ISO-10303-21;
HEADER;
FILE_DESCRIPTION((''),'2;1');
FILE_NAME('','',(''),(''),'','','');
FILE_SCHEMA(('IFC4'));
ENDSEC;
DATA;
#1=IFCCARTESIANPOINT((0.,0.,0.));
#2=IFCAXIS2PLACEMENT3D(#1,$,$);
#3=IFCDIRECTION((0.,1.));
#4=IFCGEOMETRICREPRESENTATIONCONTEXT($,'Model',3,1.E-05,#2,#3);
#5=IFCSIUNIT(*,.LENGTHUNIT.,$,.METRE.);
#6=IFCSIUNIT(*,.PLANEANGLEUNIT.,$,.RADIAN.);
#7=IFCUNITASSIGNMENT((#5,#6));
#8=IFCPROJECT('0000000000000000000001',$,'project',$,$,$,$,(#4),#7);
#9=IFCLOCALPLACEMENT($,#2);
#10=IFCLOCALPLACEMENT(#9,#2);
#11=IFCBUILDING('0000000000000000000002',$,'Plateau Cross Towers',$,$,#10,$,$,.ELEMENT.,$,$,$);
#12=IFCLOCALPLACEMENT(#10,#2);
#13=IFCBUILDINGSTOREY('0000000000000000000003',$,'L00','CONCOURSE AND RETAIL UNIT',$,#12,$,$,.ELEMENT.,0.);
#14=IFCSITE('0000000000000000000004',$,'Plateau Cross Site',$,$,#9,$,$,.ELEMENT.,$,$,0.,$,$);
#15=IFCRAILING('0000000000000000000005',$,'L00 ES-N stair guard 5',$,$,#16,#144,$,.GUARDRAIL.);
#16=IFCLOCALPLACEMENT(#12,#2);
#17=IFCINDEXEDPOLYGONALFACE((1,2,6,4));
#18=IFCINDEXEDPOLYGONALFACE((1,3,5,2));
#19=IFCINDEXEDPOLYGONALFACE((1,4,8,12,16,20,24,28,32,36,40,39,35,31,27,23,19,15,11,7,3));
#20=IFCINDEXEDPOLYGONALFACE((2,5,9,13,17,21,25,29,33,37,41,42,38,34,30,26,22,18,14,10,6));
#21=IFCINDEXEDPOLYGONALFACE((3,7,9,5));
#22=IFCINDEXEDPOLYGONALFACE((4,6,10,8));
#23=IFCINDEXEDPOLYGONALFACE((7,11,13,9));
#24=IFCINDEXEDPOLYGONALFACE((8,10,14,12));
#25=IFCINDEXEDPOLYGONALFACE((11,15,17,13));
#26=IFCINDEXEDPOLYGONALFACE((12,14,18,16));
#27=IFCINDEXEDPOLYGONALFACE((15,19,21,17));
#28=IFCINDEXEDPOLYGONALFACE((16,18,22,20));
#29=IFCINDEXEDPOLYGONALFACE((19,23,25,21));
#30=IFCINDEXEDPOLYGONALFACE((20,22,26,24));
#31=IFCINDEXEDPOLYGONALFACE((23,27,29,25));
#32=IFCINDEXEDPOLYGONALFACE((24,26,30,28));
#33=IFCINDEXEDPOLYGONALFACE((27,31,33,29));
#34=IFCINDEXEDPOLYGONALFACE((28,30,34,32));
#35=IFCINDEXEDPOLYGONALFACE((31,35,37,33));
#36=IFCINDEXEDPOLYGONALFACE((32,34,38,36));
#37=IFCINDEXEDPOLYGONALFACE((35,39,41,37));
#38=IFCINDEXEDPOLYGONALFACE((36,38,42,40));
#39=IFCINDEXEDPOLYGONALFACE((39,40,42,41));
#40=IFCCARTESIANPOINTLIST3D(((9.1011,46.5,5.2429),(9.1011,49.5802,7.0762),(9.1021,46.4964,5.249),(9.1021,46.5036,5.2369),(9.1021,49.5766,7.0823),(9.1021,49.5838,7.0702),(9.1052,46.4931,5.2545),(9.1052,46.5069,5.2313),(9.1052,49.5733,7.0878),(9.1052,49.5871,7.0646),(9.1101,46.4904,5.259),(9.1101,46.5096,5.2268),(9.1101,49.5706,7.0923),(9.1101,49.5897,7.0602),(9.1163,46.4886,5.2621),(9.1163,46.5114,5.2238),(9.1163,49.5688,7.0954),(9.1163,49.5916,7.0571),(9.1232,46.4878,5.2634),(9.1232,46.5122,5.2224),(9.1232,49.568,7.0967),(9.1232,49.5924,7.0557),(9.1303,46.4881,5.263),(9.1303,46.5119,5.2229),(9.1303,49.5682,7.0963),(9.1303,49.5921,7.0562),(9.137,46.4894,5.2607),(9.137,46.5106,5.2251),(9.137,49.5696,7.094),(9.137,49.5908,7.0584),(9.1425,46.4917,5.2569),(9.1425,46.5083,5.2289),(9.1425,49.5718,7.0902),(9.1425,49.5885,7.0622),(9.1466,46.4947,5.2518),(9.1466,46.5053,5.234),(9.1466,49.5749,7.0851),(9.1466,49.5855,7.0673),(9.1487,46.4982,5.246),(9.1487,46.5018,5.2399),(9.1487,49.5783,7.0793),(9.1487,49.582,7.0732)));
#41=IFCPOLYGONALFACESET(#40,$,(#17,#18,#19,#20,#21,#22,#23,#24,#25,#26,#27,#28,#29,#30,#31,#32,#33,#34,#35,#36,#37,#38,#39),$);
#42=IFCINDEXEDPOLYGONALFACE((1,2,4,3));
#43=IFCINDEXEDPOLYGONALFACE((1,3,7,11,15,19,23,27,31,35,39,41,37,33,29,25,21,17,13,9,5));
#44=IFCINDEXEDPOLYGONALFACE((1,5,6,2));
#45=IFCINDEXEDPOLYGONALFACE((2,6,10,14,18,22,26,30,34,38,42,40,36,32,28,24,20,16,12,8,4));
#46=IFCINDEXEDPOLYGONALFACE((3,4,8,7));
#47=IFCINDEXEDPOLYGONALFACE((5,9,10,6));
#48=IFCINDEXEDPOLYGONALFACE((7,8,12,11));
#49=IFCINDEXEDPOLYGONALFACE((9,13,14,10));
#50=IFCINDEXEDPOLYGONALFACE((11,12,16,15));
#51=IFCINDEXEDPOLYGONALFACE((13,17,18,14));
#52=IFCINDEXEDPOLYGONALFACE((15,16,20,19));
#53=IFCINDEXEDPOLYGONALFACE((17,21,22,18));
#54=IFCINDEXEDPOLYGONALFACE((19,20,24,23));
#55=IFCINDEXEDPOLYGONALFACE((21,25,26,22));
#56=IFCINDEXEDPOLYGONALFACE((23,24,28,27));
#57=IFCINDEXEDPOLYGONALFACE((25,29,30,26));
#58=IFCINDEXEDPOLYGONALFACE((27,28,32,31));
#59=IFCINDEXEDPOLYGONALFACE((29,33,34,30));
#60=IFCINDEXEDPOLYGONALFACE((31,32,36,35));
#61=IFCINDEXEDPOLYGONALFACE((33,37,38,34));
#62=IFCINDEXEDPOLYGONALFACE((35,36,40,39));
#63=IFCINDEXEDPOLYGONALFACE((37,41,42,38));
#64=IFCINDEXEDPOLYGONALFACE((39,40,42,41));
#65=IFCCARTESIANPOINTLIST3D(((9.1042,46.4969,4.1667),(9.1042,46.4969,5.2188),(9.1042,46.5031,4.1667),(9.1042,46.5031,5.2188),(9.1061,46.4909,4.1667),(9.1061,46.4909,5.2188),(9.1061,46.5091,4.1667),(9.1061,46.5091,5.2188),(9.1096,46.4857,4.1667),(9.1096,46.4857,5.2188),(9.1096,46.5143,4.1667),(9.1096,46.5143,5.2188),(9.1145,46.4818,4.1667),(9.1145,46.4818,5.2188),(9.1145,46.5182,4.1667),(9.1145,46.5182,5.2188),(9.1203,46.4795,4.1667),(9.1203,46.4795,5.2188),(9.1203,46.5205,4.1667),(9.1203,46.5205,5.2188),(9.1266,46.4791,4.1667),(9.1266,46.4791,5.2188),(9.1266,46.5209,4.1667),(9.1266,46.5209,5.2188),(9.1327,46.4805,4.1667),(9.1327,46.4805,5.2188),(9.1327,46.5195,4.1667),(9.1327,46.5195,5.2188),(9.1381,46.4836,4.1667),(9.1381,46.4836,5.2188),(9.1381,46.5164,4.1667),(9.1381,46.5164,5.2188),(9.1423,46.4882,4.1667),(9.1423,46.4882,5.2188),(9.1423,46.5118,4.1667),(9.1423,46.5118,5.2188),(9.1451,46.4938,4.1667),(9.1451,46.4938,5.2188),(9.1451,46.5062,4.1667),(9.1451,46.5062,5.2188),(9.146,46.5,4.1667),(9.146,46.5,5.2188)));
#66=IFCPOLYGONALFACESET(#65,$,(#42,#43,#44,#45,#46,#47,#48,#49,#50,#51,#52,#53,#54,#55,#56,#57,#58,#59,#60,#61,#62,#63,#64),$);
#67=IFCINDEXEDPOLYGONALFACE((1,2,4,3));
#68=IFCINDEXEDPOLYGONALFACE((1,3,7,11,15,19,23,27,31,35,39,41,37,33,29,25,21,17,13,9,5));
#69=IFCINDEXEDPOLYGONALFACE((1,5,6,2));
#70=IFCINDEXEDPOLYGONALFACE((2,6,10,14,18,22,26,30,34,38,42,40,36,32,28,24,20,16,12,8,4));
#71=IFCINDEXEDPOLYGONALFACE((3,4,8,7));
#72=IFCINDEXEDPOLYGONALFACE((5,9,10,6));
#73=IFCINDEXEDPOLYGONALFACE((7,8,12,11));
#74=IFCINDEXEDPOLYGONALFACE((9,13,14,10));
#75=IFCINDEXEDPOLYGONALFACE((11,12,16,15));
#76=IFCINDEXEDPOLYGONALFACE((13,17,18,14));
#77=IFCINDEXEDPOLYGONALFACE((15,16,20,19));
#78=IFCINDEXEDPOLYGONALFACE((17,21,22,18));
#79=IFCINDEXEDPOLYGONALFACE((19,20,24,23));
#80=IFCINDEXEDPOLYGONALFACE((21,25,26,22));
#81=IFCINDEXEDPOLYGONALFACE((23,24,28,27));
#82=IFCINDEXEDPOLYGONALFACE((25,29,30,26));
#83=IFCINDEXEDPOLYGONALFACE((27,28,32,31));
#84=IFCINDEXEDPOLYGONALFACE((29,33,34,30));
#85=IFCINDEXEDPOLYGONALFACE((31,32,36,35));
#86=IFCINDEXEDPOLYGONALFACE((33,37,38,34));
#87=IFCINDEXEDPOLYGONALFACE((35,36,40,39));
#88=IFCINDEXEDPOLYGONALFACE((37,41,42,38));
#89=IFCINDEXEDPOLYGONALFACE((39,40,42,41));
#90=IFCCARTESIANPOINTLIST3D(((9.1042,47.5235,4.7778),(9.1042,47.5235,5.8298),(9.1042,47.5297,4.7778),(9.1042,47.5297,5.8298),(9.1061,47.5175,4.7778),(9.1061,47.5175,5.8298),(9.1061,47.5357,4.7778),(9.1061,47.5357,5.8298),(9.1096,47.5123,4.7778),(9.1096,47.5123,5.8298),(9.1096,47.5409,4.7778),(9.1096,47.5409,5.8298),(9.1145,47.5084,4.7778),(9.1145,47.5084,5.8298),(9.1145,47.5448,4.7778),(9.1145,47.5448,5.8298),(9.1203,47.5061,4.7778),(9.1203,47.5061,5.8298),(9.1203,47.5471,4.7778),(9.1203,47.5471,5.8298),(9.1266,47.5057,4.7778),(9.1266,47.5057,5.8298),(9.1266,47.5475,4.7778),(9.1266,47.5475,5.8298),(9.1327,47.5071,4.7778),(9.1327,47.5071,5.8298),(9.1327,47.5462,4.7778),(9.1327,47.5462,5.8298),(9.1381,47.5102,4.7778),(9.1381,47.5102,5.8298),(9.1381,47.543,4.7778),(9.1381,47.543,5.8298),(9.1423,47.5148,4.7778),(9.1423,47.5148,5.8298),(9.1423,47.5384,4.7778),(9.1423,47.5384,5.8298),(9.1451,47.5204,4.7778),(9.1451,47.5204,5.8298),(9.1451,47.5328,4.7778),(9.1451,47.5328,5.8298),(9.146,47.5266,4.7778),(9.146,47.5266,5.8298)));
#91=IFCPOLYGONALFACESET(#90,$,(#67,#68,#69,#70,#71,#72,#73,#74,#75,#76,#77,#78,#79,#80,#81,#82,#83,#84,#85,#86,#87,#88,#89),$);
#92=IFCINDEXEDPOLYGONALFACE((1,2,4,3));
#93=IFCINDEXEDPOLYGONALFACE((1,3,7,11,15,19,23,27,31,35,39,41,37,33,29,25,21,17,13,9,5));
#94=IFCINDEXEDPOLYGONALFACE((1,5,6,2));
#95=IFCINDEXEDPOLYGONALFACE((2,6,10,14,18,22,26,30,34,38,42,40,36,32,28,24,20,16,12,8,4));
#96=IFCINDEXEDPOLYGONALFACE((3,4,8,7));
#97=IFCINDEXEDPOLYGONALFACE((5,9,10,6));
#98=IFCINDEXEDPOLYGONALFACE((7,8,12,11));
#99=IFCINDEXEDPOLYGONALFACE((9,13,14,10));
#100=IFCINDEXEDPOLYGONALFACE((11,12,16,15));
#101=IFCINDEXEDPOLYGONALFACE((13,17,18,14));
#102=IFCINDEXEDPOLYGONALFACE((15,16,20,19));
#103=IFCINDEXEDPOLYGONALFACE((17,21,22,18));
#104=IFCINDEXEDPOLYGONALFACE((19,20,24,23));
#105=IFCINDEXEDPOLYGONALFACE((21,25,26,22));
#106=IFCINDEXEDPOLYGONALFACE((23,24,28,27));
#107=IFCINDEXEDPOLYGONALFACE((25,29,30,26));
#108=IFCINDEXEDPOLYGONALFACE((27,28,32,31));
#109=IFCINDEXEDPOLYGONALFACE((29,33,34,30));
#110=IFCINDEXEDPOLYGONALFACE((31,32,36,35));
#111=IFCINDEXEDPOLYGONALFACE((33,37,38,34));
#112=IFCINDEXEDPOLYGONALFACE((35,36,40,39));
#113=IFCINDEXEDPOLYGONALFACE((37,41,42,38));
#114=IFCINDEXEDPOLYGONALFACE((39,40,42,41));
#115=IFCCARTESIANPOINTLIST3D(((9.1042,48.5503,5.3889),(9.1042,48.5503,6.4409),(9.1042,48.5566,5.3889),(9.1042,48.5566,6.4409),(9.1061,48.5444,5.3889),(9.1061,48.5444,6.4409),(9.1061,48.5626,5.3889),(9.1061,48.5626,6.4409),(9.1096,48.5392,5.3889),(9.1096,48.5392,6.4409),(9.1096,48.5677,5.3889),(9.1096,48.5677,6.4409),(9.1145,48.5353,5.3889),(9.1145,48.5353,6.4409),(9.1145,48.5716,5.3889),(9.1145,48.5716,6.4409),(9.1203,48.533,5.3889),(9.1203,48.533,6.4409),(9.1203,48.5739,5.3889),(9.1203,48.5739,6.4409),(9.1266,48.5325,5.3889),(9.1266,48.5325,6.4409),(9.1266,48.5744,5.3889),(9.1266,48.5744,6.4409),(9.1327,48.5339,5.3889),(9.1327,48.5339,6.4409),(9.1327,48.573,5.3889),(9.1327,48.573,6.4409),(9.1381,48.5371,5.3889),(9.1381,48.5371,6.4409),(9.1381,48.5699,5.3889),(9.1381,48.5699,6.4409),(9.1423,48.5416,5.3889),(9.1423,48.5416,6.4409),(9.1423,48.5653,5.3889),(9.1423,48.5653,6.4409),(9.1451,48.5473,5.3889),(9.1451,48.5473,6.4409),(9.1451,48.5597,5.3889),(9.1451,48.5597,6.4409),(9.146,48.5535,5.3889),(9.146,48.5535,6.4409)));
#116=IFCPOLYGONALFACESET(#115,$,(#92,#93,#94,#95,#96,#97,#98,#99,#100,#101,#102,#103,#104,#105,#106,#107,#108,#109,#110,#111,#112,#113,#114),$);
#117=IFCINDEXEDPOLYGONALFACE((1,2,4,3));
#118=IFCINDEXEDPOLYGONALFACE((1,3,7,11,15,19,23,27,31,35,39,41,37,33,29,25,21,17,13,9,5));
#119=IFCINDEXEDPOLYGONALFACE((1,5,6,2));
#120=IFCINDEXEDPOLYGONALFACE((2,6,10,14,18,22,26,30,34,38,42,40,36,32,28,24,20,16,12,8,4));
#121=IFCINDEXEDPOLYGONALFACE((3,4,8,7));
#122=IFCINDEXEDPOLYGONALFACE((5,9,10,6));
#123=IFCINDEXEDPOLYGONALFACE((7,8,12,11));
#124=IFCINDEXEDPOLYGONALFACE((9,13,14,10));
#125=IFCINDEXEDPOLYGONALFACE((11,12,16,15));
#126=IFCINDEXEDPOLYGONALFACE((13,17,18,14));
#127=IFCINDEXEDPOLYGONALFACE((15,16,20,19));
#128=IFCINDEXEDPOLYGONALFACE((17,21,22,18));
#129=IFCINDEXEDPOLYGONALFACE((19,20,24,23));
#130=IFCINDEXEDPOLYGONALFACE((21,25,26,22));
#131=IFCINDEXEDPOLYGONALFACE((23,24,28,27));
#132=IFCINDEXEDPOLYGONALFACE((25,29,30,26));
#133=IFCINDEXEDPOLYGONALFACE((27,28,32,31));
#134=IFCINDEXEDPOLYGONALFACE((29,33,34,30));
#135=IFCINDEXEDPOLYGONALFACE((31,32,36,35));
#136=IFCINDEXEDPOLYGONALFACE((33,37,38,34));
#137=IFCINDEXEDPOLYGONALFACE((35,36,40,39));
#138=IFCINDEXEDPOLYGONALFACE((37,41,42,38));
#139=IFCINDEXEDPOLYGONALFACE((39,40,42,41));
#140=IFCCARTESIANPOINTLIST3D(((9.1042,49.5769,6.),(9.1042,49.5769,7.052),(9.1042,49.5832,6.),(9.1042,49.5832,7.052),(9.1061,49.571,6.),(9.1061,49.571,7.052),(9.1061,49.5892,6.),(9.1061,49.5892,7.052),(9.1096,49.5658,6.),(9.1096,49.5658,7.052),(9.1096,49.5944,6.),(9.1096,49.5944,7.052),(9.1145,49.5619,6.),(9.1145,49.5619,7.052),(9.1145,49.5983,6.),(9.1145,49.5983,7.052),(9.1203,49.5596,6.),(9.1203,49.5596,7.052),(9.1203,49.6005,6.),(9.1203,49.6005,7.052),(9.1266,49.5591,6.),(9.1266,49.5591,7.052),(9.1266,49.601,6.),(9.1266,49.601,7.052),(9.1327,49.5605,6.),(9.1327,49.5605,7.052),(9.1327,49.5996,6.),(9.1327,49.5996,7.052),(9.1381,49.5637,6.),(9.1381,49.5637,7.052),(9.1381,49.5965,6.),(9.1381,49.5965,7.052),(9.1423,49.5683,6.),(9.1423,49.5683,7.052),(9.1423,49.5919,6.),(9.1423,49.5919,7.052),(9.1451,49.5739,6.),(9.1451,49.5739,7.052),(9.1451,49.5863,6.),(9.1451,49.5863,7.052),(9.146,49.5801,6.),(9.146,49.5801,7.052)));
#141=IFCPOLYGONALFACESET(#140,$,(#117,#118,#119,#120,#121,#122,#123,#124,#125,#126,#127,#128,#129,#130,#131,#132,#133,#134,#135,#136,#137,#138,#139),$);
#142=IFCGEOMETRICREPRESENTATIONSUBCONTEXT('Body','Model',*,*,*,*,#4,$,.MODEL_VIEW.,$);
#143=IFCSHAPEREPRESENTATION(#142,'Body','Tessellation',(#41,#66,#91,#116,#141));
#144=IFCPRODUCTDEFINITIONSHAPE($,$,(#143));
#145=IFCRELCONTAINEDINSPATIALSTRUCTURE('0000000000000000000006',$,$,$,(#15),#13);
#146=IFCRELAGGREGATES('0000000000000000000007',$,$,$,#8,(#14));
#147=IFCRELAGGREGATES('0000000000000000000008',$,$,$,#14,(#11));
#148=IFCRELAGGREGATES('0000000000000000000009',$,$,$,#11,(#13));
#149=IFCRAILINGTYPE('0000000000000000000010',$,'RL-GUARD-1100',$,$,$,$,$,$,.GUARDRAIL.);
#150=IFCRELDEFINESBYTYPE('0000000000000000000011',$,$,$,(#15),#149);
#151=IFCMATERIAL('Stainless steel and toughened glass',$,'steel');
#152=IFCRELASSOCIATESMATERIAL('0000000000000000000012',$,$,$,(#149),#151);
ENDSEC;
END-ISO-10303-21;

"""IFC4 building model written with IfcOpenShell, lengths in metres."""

from ifc_helpers import new_model, si_unit, direction, frame, origin, origin_2d, place, context, subcontext, project, spatial, circle, extrude, material, type_object, element, save


model = new_model("IFC4")

# Units and contexts
model_context = context("Model", 3, precision=1e-05, world=origin(), true_north=direction((0.0, 1.0)))
body_context = subcontext(model_context, "Body", "Model", "MODEL_VIEW")
ifc_project = project(units=[si_unit("LENGTHUNIT", "METRE"), si_unit("PLANEANGLEUNIT", "RADIAN")], contexts=[model_context])

# Site, building, storey
site_placement = place(None, origin())
site = spatial("IfcSite", under=ifc_project, at=site_placement, Name="Plateau Cross Site", CompositionType="ELEMENT", RefElevation=0.0)
building_placement = place(site_placement, origin())
building = spatial("IfcBuilding", under=site, at=building_placement, Name="Plateau Cross Towers", CompositionType="ELEMENT")
storey_placement = place(building_placement, origin())
storey = spatial("IfcBuildingStorey", under=building, at=storey_placement, Name="L00", Description="CONCOURSE AND RETAIL UNIT", CompositionType="ELEMENT", Elevation=0.0)

# Railing
ifc_material_1 = material(Name="Stainless steel and toughened glass", Category="steel")
railing_type_1 = type_object("IfcRailingType", Name="RL-GUARD-1100", PredefinedType="GUARDRAIL", material=ifc_material_1)
railing_1_placement = place(storey_placement, frame((9.125, 46.5, 4.1667)))
element("IfcRailing", 1, at=railing_1_placement, inside=storey, type_object=railing_type_1, Name="L00 ES-N stair guard 5", PredefinedType="GUARDRAIL", context=body_context, shape_type="SweptSolid", body=[
    extrude(circle(Radius=0.0239, at=origin_2d()), frame((0.0, 0.0, 1.0762), z_axis=(0.0, 0.859309, 0.511458), x_axis=(-1.0, 0.0, 0.0)), (0.0, 0.0, 1.0), 3.5845),
    extrude(circle(Radius=0.021, at=origin_2d()), origin(), (0.0, 0.0, 1.0), 1.052),
    extrude(circle(Radius=0.021, at=origin_2d()), frame((0.0, 1.0266, 0.6111)), (0.0, 0.0, 1.0), 1.052),
    extrude(circle(Radius=0.021, at=origin_2d()), frame((0.0, 2.0535, 1.2222)), (0.0, 0.0, 1.0), 1.052),
    extrude(circle(Radius=0.021, at=origin_2d()), frame((0.0, 3.0801, 1.8333)), (0.0, 0.0, 1.0), 1.052),
])

save(model, "model.ifc")
